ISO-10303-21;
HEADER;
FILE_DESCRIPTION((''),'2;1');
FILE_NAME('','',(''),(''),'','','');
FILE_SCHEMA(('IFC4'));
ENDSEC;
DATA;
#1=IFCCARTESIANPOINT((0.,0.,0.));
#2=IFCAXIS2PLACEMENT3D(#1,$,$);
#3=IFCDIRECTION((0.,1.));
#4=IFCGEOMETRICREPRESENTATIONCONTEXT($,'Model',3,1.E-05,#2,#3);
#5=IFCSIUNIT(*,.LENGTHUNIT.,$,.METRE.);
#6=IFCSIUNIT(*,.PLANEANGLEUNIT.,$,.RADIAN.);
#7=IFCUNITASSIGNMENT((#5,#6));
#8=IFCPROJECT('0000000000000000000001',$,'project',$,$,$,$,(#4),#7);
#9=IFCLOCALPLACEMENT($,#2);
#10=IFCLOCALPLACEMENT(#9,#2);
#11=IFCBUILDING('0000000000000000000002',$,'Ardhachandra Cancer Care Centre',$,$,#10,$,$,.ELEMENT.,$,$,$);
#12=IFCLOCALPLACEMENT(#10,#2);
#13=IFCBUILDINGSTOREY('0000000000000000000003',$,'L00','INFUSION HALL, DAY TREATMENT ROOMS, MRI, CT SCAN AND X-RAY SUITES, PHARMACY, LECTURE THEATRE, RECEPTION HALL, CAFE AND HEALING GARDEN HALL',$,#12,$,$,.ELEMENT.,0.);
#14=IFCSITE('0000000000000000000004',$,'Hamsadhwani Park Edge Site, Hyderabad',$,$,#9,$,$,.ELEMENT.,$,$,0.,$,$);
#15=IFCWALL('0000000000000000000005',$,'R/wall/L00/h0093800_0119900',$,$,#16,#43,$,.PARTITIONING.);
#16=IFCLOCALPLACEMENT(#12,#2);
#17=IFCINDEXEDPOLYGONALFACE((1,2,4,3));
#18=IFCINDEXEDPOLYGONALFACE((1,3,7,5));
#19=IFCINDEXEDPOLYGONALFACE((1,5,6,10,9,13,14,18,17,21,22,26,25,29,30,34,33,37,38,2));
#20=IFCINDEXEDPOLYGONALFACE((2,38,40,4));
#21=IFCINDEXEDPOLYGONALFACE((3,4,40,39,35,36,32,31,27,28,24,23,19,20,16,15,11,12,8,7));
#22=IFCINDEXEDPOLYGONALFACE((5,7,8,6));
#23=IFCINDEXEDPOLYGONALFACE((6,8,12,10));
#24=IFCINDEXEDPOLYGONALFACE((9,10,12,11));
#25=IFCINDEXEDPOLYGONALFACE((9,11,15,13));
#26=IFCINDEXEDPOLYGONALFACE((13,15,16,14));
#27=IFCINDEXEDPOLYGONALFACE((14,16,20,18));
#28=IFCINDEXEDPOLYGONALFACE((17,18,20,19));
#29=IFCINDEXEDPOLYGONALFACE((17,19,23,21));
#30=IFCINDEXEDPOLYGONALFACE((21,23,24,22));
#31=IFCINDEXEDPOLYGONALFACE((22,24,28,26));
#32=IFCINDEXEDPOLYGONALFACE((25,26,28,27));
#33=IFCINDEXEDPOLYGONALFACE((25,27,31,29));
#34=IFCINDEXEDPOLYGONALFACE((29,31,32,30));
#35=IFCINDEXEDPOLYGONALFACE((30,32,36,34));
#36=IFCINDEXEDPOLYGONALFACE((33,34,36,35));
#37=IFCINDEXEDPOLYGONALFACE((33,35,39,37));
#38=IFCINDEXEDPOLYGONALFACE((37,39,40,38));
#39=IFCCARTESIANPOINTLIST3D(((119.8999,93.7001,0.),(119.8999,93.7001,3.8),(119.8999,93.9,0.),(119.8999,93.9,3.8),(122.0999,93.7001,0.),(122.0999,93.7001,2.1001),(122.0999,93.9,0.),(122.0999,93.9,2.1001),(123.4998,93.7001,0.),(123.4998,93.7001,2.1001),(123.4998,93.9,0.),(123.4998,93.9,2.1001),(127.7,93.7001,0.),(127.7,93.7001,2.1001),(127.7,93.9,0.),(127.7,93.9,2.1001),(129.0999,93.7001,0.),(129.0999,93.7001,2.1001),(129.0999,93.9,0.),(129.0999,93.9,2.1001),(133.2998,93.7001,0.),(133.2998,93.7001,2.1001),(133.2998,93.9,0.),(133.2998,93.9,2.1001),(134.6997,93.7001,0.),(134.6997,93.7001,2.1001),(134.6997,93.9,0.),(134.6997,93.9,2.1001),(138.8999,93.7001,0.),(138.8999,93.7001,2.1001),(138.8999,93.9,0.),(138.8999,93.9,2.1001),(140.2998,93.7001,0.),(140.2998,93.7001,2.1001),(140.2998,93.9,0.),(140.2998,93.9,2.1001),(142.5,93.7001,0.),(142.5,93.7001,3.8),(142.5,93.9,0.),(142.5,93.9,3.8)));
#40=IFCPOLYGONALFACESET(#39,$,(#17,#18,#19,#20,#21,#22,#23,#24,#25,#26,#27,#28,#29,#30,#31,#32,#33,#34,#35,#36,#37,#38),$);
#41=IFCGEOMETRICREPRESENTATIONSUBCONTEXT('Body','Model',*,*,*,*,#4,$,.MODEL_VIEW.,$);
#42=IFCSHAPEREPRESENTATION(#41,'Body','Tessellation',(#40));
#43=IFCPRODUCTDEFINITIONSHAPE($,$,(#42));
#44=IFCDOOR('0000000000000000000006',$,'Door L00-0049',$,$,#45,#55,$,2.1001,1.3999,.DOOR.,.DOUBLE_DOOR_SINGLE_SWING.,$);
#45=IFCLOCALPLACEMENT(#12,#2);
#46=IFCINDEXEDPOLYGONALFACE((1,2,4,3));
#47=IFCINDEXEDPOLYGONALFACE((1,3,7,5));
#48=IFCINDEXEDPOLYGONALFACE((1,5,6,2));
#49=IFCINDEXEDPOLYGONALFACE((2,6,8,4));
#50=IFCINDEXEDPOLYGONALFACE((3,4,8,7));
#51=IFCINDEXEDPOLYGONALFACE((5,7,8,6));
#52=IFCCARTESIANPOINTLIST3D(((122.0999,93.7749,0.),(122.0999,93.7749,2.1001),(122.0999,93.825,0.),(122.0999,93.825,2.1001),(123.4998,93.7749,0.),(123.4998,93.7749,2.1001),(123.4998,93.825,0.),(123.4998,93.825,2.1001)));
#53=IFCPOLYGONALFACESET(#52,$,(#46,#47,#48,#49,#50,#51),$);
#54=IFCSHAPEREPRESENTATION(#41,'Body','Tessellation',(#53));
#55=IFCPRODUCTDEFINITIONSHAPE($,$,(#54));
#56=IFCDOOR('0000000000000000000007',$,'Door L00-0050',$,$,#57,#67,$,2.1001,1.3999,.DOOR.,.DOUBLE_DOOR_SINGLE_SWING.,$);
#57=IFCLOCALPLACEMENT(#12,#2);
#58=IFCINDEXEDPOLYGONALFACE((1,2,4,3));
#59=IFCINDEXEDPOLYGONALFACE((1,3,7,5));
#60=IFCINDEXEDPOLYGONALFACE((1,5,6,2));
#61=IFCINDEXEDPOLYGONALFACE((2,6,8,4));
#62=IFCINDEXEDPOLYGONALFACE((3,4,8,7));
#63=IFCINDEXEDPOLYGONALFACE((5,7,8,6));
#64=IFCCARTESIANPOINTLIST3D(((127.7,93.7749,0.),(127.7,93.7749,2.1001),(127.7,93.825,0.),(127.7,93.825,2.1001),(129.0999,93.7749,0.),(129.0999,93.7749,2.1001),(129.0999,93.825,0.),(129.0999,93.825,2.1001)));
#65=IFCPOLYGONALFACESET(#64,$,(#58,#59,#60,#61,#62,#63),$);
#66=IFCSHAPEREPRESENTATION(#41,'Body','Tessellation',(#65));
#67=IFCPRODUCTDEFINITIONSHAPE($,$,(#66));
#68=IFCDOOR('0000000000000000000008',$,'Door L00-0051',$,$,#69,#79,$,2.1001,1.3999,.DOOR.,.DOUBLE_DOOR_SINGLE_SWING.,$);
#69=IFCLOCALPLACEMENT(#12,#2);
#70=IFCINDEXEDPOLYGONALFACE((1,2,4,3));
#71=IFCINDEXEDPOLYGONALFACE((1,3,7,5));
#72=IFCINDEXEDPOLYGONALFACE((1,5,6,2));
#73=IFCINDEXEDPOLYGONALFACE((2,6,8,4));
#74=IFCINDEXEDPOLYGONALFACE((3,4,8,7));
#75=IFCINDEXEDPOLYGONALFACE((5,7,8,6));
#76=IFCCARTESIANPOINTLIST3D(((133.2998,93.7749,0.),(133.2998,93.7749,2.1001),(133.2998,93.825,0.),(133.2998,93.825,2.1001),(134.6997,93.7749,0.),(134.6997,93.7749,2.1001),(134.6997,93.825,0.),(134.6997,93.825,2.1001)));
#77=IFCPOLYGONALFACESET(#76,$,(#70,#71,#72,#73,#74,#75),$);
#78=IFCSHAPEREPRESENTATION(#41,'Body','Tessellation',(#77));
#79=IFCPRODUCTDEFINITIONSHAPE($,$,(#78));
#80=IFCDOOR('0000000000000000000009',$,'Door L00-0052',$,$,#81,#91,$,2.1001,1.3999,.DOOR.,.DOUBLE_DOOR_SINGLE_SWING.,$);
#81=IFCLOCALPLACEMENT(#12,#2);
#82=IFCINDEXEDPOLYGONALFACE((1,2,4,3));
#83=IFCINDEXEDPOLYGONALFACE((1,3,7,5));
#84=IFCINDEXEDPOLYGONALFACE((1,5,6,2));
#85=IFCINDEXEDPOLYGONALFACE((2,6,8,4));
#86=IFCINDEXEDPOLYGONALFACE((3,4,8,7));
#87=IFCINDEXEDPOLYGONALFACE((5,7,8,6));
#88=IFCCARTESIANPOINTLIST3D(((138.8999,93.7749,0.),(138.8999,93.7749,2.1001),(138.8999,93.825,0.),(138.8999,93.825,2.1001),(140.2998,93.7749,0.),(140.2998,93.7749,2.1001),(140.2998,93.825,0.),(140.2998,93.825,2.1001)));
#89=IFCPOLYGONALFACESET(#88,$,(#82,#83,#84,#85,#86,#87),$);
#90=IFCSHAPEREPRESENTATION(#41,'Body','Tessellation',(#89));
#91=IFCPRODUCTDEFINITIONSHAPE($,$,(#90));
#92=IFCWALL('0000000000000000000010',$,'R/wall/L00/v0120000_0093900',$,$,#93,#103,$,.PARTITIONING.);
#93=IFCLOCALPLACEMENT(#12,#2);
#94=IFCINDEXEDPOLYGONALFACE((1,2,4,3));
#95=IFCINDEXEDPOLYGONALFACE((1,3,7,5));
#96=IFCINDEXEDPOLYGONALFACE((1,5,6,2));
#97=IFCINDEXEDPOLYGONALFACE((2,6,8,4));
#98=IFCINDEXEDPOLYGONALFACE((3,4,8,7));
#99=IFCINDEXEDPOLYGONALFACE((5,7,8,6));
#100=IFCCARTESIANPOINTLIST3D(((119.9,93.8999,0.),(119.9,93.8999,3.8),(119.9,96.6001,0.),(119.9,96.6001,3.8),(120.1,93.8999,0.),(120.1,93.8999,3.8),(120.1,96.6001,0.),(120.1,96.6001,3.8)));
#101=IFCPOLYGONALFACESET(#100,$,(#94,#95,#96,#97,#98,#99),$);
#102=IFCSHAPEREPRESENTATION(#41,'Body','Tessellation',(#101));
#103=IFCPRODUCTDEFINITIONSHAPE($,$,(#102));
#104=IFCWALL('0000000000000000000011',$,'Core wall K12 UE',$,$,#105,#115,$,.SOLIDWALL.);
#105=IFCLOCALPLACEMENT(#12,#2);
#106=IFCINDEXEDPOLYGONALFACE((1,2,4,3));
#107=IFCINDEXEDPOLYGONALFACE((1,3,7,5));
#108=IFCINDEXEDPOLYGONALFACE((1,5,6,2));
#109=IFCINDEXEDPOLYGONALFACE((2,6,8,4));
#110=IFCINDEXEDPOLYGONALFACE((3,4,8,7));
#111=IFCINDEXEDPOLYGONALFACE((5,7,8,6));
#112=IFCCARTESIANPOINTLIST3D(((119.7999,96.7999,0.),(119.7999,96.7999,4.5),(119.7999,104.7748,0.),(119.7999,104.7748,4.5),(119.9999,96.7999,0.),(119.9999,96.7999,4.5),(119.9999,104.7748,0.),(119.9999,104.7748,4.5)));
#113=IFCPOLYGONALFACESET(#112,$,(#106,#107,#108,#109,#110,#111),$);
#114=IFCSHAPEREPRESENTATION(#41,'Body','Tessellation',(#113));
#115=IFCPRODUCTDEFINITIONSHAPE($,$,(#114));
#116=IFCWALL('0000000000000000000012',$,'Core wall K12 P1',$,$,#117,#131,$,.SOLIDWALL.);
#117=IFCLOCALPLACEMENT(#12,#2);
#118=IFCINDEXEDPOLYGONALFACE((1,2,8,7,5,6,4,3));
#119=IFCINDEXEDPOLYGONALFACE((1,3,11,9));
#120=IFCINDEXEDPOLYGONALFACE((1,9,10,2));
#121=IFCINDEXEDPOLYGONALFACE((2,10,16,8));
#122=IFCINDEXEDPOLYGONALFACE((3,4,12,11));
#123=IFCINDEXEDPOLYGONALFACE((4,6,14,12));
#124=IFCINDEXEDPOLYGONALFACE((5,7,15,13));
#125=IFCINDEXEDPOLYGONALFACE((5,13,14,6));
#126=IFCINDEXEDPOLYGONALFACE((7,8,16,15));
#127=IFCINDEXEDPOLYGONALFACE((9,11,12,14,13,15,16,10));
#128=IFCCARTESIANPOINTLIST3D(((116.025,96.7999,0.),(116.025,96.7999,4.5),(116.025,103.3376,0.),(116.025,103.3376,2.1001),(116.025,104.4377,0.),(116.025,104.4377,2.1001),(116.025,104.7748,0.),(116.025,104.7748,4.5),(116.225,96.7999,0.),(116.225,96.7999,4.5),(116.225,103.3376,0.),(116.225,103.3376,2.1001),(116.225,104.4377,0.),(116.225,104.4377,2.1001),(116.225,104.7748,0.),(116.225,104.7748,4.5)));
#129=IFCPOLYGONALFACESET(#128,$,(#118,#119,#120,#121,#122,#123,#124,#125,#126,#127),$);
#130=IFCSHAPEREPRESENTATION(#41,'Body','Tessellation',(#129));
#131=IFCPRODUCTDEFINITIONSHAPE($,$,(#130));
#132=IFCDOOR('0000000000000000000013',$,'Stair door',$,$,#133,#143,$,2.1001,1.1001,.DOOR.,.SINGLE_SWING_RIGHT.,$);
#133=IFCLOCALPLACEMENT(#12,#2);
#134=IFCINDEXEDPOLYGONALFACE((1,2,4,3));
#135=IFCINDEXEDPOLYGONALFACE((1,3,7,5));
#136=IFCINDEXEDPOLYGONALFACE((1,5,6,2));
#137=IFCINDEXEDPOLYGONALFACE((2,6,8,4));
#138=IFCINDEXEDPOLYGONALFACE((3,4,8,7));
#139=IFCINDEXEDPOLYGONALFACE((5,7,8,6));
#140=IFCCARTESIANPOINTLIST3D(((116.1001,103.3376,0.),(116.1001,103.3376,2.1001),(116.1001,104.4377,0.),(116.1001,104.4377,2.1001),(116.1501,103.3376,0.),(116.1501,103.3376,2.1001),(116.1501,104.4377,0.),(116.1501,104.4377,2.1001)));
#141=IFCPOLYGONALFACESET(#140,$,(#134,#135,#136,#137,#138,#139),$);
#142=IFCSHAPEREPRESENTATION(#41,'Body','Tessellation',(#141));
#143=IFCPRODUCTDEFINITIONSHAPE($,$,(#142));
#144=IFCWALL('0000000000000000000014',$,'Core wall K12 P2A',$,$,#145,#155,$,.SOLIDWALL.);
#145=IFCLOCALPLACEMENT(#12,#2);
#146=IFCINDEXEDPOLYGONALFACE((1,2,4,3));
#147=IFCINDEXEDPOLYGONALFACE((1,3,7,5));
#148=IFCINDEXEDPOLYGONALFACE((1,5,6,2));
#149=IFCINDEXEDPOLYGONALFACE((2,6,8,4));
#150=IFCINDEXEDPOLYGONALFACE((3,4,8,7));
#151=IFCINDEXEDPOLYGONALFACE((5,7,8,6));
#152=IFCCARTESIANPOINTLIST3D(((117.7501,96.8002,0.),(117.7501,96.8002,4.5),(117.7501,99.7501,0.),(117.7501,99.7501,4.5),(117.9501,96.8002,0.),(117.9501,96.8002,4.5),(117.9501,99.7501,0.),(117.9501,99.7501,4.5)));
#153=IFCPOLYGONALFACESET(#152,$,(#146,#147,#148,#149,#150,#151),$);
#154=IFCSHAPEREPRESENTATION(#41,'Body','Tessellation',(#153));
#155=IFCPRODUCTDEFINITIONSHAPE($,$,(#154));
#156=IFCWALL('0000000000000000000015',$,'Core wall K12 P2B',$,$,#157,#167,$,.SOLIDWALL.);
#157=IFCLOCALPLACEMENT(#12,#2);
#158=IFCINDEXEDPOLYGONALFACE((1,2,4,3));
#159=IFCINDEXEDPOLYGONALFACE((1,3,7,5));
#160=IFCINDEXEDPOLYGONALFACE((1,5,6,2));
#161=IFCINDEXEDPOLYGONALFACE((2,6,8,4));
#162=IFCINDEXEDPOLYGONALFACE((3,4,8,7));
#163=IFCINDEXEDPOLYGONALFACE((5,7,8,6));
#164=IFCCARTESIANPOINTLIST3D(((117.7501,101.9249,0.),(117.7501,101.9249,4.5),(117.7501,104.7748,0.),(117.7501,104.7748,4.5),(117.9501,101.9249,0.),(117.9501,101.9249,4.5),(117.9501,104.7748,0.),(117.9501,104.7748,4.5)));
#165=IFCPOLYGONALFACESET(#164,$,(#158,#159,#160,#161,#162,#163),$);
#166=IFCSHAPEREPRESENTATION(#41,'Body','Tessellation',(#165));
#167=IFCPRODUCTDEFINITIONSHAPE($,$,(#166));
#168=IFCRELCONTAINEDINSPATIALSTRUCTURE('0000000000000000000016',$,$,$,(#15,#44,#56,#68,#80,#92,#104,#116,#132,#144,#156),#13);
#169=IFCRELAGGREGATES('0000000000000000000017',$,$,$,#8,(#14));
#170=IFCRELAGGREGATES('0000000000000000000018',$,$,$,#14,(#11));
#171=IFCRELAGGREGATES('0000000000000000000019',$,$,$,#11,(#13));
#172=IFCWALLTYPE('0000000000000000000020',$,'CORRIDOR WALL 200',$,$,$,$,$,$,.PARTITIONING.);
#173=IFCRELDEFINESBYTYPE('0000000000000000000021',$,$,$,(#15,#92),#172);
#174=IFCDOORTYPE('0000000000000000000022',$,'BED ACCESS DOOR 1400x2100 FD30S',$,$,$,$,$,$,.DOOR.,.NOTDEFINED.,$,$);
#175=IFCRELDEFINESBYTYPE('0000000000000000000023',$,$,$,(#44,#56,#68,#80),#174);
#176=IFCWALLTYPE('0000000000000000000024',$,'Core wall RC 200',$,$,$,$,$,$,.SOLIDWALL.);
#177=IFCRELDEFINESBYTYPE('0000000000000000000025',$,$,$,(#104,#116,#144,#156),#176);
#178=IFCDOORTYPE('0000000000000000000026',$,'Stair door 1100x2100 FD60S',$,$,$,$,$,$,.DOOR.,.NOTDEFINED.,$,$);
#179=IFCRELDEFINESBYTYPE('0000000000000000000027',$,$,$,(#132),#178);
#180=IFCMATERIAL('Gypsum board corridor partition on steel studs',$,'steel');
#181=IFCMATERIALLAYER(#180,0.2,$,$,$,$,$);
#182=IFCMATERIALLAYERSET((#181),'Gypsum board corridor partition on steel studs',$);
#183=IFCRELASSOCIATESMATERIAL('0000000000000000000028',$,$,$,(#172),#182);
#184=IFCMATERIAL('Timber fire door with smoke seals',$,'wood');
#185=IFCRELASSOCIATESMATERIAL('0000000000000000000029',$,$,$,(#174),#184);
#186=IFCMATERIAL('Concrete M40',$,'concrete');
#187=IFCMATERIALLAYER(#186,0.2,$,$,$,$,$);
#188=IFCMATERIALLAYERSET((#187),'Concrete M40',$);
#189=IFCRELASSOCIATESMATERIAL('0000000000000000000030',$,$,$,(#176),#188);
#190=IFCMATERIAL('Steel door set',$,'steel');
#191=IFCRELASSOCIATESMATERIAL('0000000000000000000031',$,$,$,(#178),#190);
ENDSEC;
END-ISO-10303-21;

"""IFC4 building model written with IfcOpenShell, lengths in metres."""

from ifc_helpers import new_model, si_unit, direction, frame, frame_2d, origin, place, context, subcontext, project, spatial, rectangle, extrude, material, layer, layer_set, type_object, element, fill, save


model = new_model("IFC4")

# Units and contexts
model_context = context("Model", 3, precision=1e-05, world=origin(), true_north=direction((0.0, 1.0)))
body_context = subcontext(model_context, "Body", "Model", "MODEL_VIEW")
ifc_project = project(units=[si_unit("LENGTHUNIT", "METRE"), si_unit("PLANEANGLEUNIT", "RADIAN")], contexts=[model_context])

# Site, building, storey
site_placement = place(None, origin())
site = spatial("IfcSite", under=ifc_project, at=site_placement, Name="Hamsadhwani Park Edge Site, Hyderabad", CompositionType="ELEMENT", RefElevation=0.0)
building_placement = place(site_placement, origin())
building = spatial("IfcBuilding", under=site, at=building_placement, Name="Ardhachandra Cancer Care Centre", CompositionType="ELEMENT")
storey_placement = place(building_placement, origin())
storey = spatial("IfcBuildingStorey", under=building, at=storey_placement, Name="L00", Description="INFUSION HALL, DAY TREATMENT ROOMS, MRI, CT SCAN AND X-RAY SUITES, PHARMACY, LECTURE THEATRE, RECEPTION HALL, CAFE AND HEALING GARDEN HALL", CompositionType="ELEMENT", Elevation=0.0)

# Wall, openings, doors
ifc_material_1 = material(Name="Gypsum board corridor partition on steel studs", Category="steel")
ifc_layer_1 = layer(ifc_material_1, 0.2)
ifc_layer_set_1 = layer_set([ifc_layer_1], Name="Gypsum board corridor partition on steel studs")
wall_type_1 = type_object("IfcWallType", Name="CORRIDOR WALL 200", PredefinedType="PARTITIONING", material=ifc_layer_set_1)
wall_1_placement = place(storey_placement, frame((119.8999, 93.8, 0.0), z_axis=(0.0, 0.0, 1.0), x_axis=(1.0, 0.0, 0.0)))
wall_1 = element("IfcWall", 1, at=wall_1_placement, inside=storey, type_object=wall_type_1, Name="R/wall/L00/h0093800_0119900", PredefinedType="PARTITIONING", context=body_context, shape_type="SweptSolid", body=[
    extrude(rectangle(XDim=22.6001, YDim=0.2, at=frame_2d((11.3, 0.0))), origin(), (0.0, 0.0, 1.0), 3.8),
])
opening_1_placement = place(wall_1_placement, frame((2.2, 0.0, 0.0)))
opening_1 = element("IfcOpeningElement", 2, at=opening_1_placement, cuts=wall_1, PredefinedType="OPENING", context=body_context, shape_type="SweptSolid", body=[
    extrude(rectangle(XDim=1.3999, YDim=2.1001, at=frame_2d((0.7, 1.05))), frame((0.0, 0.1099, 0.0), z_axis=(0.0, -1.0, 0.0), x_axis=(1.0, 0.0, 0.0)), (0.0, 0.0, 1.0), 0.22),
])
opening_2_placement = place(wall_1_placement, frame((7.8, 0.0, 0.0)))
opening_2 = element("IfcOpeningElement", 3, at=opening_2_placement, cuts=wall_1, PredefinedType="OPENING", context=body_context, shape_type="SweptSolid", body=[
    extrude(rectangle(XDim=1.3999, YDim=2.1001, at=frame_2d((0.7, 1.05))), frame((0.0, 0.1099, 0.0), z_axis=(0.0, -1.0, 0.0), x_axis=(1.0, 0.0, 0.0)), (0.0, 0.0, 1.0), 0.22),
])
opening_3_placement = place(wall_1_placement, frame((13.3999, 0.0, 0.0)))
opening_3 = element("IfcOpeningElement", 4, at=opening_3_placement, cuts=wall_1, PredefinedType="OPENING", context=body_context, shape_type="SweptSolid", body=[
    extrude(rectangle(XDim=1.3999, YDim=2.1001, at=frame_2d((0.7, 1.05))), frame((0.0, 0.1099, 0.0), z_axis=(0.0, -1.0, 0.0), x_axis=(1.0, 0.0, 0.0)), (0.0, 0.0, 1.0), 0.22),
])
opening_4_placement = place(wall_1_placement, frame((19.0, 0.0, 0.0)))
opening_4 = element("IfcOpeningElement", 5, at=opening_4_placement, cuts=wall_1, PredefinedType="OPENING", context=body_context, shape_type="SweptSolid", body=[
    extrude(rectangle(XDim=1.3999, YDim=2.1001, at=frame_2d((0.7, 1.05))), frame((0.0, 0.1099, 0.0), z_axis=(0.0, -1.0, 0.0), x_axis=(1.0, 0.0, 0.0)), (0.0, 0.0, 1.0), 0.22),
])
ifc_material_2 = material(Name="Timber fire door with smoke seals", Category="wood")
door_type_1 = type_object("IfcDoorType", Name="BED ACCESS DOOR 1400x2100 FD30S", OperationType="NOTDEFINED", PredefinedType="DOOR", material=ifc_material_2)
door_1_placement = place(opening_1_placement, origin())
door_1 = element("IfcDoor", 6, at=door_1_placement, inside=storey, type_object=door_type_1, Name="Door L00-0049", OperationType="DOUBLE_DOOR_SINGLE_SWING", OverallHeight=2.1001, OverallWidth=1.3999, PredefinedType="DOOR", context=body_context, shape_type="SweptSolid", body=[
    extrude(rectangle(XDim=1.3999, YDim=2.1001, at=frame_2d((0.7, 1.05))), frame((0.0, 0.0249, 0.0), z_axis=(0.0, -1.0, 0.0), x_axis=(1.0, 0.0, 0.0)), (0.0, 0.0, 1.0), 0.05),
])
fill(opening_1, door_1)
door_2_placement = place(opening_2_placement, origin())
door_2 = element("IfcDoor", 7, at=door_2_placement, inside=storey, type_object=door_type_1, Name="Door L00-0050", OperationType="DOUBLE_DOOR_SINGLE_SWING", OverallHeight=2.1001, OverallWidth=1.3999, PredefinedType="DOOR", context=body_context, shape_type="SweptSolid", body=[
    extrude(rectangle(XDim=1.3999, YDim=2.1001, at=frame_2d((0.7, 1.05))), frame((0.0, 0.0249, 0.0), z_axis=(0.0, -1.0, 0.0), x_axis=(1.0, 0.0, 0.0)), (0.0, 0.0, 1.0), 0.05),
])
fill(opening_2, door_2)
door_3_placement = place(opening_3_placement, origin())
door_3 = element("IfcDoor", 8, at=door_3_placement, inside=storey, type_object=door_type_1, Name="Door L00-0051", OperationType="DOUBLE_DOOR_SINGLE_SWING", OverallHeight=2.1001, OverallWidth=1.3999, PredefinedType="DOOR", context=body_context, shape_type="SweptSolid", body=[
    extrude(rectangle(XDim=1.3999, YDim=2.1001, at=frame_2d((0.7, 1.05))), frame((0.0, 0.0249, 0.0), z_axis=(0.0, -1.0, 0.0), x_axis=(1.0, 0.0, 0.0)), (0.0, 0.0, 1.0), 0.05),
])
fill(opening_3, door_3)
door_4_placement = place(opening_4_placement, origin())
door_4 = element("IfcDoor", 9, at=door_4_placement, inside=storey, type_object=door_type_1, Name="Door L00-0052", OperationType="DOUBLE_DOOR_SINGLE_SWING", OverallHeight=2.1001, OverallWidth=1.3999, PredefinedType="DOOR", context=body_context, shape_type="SweptSolid", body=[
    extrude(rectangle(XDim=1.3999, YDim=2.1001, at=frame_2d((0.7, 1.05))), frame((0.0, 0.0249, 0.0), z_axis=(0.0, -1.0, 0.0), x_axis=(1.0, 0.0, 0.0)), (0.0, 0.0, 1.0), 0.05),
])
fill(opening_4, door_4)

# Walls
wall_2_placement = place(storey_placement, frame((120.0, 93.8999, 0.0), z_axis=(0.0, 0.0, 1.0), x_axis=(0.0, 1.0, 0.0)))
element("IfcWall", 10, at=wall_2_placement, inside=storey, type_object=wall_type_1, Name="R/wall/L00/v0120000_0093900", PredefinedType="PARTITIONING", context=body_context, shape_type="SweptSolid", body=[
    extrude(rectangle(XDim=2.7002, YDim=0.2, at=frame_2d((1.3501, 0.0))), origin(), (0.0, 0.0, 1.0), 3.8),
])
ifc_material_3 = material(Name="Concrete M40", Category="concrete")
ifc_layer_2 = layer(ifc_material_3, 0.2)
ifc_layer_set_2 = layer_set([ifc_layer_2], Name="Concrete M40")
wall_type_2 = type_object("IfcWallType", Name="Core wall RC 200", PredefinedType="SOLIDWALL", material=ifc_layer_set_2)
wall_3_placement = place(storey_placement, frame((119.8999, 96.8, 0.0), z_axis=(0.0, 0.0, 1.0), x_axis=(0.0, 1.0, 0.0)))
element("IfcWall", 11, at=wall_3_placement, inside=storey, type_object=wall_type_2, Name="Core wall K12 UE", PredefinedType="SOLIDWALL", context=body_context, shape_type="SweptSolid", body=[
    extrude(rectangle(XDim=7.9749, YDim=0.2, at=frame_2d((3.9873, 0.0))), origin(), (0.0, 0.0, 1.0), 4.5),
])

# Wall, opening, door
wall_4_placement = place(storey_placement, frame((116.125, 96.8, 0.0), z_axis=(0.0, 0.0, 1.0), x_axis=(0.0, 1.0, 0.0)))
wall_4 = element("IfcWall", 12, at=wall_4_placement, inside=storey, type_object=wall_type_2, Name="Core wall K12 P1", PredefinedType="SOLIDWALL", context=body_context, shape_type="SweptSolid", body=[
    extrude(rectangle(XDim=7.9749, YDim=0.2, at=frame_2d((3.9873, 0.0))), origin(), (0.0, 0.0, 1.0), 4.5),
])
opening_5_placement = place(wall_4_placement, frame((6.5376, 0.0, 0.0)))
opening_5 = element("IfcOpeningElement", 13, at=opening_5_placement, cuts=wall_4, PredefinedType="OPENING", context=body_context, shape_type="SweptSolid", body=[
    extrude(rectangle(XDim=1.1001, YDim=2.1001, at=frame_2d((0.55, 1.05))), frame((0.0, 0.1099, 0.0), z_axis=(0.0, -1.0, 0.0), x_axis=(1.0, 0.0, 0.0)), (0.0, 0.0, 1.0), 0.22),
])
ifc_material_4 = material(Name="Steel door set", Category="steel")
door_type_2 = type_object("IfcDoorType", Name="Stair door 1100x2100 FD60S", OperationType="NOTDEFINED", PredefinedType="DOOR", material=ifc_material_4)
door_5_placement = place(opening_5_placement, origin())
door_5 = element("IfcDoor", 14, at=door_5_placement, inside=storey, type_object=door_type_2, Name="Stair door", OperationType="SINGLE_SWING_RIGHT", OverallHeight=2.1001, OverallWidth=1.1001, PredefinedType="DOOR", context=body_context, shape_type="SweptSolid", body=[
    extrude(rectangle(XDim=1.1001, YDim=2.1001, at=frame_2d((0.55, 1.05))), frame((0.0, 0.0249, 0.0), z_axis=(0.0, -1.0, 0.0), x_axis=(1.0, 0.0, 0.0)), (0.0, 0.0, 1.0), 0.05),
])
fill(opening_5, door_5)

# Walls
wall_5_placement = place(storey_placement, frame((117.8501, 96.8, 0.0), z_axis=(0.0, 0.0, 1.0), x_axis=(0.0, 1.0, 0.0)))
element("IfcWall", 15, at=wall_5_placement, inside=storey, type_object=wall_type_2, Name="Core wall K12 P2A", PredefinedType="SOLIDWALL", context=body_context, shape_type="SweptSolid", body=[
    extrude(rectangle(XDim=2.95, YDim=0.2, at=frame_2d((1.4751, 0.0))), origin(), (0.0, 0.0, 1.0), 4.5),
])
wall_6_placement = place(storey_placement, frame((117.8501, 101.925, 0.0), z_axis=(0.0, 0.0, 1.0), x_axis=(0.0, 1.0, 0.0)))
element("IfcWall", 16, at=wall_6_placement, inside=storey, type_object=wall_type_2, Name="Core wall K12 P2B", PredefinedType="SOLIDWALL", context=body_context, shape_type="SweptSolid", body=[
    extrude(rectangle(XDim=2.8499, YDim=0.2, at=frame_2d((1.4248, 0.0))), origin(), (0.0, 0.0, 1.0), 4.5),
])

save(model, "model.ifc")
